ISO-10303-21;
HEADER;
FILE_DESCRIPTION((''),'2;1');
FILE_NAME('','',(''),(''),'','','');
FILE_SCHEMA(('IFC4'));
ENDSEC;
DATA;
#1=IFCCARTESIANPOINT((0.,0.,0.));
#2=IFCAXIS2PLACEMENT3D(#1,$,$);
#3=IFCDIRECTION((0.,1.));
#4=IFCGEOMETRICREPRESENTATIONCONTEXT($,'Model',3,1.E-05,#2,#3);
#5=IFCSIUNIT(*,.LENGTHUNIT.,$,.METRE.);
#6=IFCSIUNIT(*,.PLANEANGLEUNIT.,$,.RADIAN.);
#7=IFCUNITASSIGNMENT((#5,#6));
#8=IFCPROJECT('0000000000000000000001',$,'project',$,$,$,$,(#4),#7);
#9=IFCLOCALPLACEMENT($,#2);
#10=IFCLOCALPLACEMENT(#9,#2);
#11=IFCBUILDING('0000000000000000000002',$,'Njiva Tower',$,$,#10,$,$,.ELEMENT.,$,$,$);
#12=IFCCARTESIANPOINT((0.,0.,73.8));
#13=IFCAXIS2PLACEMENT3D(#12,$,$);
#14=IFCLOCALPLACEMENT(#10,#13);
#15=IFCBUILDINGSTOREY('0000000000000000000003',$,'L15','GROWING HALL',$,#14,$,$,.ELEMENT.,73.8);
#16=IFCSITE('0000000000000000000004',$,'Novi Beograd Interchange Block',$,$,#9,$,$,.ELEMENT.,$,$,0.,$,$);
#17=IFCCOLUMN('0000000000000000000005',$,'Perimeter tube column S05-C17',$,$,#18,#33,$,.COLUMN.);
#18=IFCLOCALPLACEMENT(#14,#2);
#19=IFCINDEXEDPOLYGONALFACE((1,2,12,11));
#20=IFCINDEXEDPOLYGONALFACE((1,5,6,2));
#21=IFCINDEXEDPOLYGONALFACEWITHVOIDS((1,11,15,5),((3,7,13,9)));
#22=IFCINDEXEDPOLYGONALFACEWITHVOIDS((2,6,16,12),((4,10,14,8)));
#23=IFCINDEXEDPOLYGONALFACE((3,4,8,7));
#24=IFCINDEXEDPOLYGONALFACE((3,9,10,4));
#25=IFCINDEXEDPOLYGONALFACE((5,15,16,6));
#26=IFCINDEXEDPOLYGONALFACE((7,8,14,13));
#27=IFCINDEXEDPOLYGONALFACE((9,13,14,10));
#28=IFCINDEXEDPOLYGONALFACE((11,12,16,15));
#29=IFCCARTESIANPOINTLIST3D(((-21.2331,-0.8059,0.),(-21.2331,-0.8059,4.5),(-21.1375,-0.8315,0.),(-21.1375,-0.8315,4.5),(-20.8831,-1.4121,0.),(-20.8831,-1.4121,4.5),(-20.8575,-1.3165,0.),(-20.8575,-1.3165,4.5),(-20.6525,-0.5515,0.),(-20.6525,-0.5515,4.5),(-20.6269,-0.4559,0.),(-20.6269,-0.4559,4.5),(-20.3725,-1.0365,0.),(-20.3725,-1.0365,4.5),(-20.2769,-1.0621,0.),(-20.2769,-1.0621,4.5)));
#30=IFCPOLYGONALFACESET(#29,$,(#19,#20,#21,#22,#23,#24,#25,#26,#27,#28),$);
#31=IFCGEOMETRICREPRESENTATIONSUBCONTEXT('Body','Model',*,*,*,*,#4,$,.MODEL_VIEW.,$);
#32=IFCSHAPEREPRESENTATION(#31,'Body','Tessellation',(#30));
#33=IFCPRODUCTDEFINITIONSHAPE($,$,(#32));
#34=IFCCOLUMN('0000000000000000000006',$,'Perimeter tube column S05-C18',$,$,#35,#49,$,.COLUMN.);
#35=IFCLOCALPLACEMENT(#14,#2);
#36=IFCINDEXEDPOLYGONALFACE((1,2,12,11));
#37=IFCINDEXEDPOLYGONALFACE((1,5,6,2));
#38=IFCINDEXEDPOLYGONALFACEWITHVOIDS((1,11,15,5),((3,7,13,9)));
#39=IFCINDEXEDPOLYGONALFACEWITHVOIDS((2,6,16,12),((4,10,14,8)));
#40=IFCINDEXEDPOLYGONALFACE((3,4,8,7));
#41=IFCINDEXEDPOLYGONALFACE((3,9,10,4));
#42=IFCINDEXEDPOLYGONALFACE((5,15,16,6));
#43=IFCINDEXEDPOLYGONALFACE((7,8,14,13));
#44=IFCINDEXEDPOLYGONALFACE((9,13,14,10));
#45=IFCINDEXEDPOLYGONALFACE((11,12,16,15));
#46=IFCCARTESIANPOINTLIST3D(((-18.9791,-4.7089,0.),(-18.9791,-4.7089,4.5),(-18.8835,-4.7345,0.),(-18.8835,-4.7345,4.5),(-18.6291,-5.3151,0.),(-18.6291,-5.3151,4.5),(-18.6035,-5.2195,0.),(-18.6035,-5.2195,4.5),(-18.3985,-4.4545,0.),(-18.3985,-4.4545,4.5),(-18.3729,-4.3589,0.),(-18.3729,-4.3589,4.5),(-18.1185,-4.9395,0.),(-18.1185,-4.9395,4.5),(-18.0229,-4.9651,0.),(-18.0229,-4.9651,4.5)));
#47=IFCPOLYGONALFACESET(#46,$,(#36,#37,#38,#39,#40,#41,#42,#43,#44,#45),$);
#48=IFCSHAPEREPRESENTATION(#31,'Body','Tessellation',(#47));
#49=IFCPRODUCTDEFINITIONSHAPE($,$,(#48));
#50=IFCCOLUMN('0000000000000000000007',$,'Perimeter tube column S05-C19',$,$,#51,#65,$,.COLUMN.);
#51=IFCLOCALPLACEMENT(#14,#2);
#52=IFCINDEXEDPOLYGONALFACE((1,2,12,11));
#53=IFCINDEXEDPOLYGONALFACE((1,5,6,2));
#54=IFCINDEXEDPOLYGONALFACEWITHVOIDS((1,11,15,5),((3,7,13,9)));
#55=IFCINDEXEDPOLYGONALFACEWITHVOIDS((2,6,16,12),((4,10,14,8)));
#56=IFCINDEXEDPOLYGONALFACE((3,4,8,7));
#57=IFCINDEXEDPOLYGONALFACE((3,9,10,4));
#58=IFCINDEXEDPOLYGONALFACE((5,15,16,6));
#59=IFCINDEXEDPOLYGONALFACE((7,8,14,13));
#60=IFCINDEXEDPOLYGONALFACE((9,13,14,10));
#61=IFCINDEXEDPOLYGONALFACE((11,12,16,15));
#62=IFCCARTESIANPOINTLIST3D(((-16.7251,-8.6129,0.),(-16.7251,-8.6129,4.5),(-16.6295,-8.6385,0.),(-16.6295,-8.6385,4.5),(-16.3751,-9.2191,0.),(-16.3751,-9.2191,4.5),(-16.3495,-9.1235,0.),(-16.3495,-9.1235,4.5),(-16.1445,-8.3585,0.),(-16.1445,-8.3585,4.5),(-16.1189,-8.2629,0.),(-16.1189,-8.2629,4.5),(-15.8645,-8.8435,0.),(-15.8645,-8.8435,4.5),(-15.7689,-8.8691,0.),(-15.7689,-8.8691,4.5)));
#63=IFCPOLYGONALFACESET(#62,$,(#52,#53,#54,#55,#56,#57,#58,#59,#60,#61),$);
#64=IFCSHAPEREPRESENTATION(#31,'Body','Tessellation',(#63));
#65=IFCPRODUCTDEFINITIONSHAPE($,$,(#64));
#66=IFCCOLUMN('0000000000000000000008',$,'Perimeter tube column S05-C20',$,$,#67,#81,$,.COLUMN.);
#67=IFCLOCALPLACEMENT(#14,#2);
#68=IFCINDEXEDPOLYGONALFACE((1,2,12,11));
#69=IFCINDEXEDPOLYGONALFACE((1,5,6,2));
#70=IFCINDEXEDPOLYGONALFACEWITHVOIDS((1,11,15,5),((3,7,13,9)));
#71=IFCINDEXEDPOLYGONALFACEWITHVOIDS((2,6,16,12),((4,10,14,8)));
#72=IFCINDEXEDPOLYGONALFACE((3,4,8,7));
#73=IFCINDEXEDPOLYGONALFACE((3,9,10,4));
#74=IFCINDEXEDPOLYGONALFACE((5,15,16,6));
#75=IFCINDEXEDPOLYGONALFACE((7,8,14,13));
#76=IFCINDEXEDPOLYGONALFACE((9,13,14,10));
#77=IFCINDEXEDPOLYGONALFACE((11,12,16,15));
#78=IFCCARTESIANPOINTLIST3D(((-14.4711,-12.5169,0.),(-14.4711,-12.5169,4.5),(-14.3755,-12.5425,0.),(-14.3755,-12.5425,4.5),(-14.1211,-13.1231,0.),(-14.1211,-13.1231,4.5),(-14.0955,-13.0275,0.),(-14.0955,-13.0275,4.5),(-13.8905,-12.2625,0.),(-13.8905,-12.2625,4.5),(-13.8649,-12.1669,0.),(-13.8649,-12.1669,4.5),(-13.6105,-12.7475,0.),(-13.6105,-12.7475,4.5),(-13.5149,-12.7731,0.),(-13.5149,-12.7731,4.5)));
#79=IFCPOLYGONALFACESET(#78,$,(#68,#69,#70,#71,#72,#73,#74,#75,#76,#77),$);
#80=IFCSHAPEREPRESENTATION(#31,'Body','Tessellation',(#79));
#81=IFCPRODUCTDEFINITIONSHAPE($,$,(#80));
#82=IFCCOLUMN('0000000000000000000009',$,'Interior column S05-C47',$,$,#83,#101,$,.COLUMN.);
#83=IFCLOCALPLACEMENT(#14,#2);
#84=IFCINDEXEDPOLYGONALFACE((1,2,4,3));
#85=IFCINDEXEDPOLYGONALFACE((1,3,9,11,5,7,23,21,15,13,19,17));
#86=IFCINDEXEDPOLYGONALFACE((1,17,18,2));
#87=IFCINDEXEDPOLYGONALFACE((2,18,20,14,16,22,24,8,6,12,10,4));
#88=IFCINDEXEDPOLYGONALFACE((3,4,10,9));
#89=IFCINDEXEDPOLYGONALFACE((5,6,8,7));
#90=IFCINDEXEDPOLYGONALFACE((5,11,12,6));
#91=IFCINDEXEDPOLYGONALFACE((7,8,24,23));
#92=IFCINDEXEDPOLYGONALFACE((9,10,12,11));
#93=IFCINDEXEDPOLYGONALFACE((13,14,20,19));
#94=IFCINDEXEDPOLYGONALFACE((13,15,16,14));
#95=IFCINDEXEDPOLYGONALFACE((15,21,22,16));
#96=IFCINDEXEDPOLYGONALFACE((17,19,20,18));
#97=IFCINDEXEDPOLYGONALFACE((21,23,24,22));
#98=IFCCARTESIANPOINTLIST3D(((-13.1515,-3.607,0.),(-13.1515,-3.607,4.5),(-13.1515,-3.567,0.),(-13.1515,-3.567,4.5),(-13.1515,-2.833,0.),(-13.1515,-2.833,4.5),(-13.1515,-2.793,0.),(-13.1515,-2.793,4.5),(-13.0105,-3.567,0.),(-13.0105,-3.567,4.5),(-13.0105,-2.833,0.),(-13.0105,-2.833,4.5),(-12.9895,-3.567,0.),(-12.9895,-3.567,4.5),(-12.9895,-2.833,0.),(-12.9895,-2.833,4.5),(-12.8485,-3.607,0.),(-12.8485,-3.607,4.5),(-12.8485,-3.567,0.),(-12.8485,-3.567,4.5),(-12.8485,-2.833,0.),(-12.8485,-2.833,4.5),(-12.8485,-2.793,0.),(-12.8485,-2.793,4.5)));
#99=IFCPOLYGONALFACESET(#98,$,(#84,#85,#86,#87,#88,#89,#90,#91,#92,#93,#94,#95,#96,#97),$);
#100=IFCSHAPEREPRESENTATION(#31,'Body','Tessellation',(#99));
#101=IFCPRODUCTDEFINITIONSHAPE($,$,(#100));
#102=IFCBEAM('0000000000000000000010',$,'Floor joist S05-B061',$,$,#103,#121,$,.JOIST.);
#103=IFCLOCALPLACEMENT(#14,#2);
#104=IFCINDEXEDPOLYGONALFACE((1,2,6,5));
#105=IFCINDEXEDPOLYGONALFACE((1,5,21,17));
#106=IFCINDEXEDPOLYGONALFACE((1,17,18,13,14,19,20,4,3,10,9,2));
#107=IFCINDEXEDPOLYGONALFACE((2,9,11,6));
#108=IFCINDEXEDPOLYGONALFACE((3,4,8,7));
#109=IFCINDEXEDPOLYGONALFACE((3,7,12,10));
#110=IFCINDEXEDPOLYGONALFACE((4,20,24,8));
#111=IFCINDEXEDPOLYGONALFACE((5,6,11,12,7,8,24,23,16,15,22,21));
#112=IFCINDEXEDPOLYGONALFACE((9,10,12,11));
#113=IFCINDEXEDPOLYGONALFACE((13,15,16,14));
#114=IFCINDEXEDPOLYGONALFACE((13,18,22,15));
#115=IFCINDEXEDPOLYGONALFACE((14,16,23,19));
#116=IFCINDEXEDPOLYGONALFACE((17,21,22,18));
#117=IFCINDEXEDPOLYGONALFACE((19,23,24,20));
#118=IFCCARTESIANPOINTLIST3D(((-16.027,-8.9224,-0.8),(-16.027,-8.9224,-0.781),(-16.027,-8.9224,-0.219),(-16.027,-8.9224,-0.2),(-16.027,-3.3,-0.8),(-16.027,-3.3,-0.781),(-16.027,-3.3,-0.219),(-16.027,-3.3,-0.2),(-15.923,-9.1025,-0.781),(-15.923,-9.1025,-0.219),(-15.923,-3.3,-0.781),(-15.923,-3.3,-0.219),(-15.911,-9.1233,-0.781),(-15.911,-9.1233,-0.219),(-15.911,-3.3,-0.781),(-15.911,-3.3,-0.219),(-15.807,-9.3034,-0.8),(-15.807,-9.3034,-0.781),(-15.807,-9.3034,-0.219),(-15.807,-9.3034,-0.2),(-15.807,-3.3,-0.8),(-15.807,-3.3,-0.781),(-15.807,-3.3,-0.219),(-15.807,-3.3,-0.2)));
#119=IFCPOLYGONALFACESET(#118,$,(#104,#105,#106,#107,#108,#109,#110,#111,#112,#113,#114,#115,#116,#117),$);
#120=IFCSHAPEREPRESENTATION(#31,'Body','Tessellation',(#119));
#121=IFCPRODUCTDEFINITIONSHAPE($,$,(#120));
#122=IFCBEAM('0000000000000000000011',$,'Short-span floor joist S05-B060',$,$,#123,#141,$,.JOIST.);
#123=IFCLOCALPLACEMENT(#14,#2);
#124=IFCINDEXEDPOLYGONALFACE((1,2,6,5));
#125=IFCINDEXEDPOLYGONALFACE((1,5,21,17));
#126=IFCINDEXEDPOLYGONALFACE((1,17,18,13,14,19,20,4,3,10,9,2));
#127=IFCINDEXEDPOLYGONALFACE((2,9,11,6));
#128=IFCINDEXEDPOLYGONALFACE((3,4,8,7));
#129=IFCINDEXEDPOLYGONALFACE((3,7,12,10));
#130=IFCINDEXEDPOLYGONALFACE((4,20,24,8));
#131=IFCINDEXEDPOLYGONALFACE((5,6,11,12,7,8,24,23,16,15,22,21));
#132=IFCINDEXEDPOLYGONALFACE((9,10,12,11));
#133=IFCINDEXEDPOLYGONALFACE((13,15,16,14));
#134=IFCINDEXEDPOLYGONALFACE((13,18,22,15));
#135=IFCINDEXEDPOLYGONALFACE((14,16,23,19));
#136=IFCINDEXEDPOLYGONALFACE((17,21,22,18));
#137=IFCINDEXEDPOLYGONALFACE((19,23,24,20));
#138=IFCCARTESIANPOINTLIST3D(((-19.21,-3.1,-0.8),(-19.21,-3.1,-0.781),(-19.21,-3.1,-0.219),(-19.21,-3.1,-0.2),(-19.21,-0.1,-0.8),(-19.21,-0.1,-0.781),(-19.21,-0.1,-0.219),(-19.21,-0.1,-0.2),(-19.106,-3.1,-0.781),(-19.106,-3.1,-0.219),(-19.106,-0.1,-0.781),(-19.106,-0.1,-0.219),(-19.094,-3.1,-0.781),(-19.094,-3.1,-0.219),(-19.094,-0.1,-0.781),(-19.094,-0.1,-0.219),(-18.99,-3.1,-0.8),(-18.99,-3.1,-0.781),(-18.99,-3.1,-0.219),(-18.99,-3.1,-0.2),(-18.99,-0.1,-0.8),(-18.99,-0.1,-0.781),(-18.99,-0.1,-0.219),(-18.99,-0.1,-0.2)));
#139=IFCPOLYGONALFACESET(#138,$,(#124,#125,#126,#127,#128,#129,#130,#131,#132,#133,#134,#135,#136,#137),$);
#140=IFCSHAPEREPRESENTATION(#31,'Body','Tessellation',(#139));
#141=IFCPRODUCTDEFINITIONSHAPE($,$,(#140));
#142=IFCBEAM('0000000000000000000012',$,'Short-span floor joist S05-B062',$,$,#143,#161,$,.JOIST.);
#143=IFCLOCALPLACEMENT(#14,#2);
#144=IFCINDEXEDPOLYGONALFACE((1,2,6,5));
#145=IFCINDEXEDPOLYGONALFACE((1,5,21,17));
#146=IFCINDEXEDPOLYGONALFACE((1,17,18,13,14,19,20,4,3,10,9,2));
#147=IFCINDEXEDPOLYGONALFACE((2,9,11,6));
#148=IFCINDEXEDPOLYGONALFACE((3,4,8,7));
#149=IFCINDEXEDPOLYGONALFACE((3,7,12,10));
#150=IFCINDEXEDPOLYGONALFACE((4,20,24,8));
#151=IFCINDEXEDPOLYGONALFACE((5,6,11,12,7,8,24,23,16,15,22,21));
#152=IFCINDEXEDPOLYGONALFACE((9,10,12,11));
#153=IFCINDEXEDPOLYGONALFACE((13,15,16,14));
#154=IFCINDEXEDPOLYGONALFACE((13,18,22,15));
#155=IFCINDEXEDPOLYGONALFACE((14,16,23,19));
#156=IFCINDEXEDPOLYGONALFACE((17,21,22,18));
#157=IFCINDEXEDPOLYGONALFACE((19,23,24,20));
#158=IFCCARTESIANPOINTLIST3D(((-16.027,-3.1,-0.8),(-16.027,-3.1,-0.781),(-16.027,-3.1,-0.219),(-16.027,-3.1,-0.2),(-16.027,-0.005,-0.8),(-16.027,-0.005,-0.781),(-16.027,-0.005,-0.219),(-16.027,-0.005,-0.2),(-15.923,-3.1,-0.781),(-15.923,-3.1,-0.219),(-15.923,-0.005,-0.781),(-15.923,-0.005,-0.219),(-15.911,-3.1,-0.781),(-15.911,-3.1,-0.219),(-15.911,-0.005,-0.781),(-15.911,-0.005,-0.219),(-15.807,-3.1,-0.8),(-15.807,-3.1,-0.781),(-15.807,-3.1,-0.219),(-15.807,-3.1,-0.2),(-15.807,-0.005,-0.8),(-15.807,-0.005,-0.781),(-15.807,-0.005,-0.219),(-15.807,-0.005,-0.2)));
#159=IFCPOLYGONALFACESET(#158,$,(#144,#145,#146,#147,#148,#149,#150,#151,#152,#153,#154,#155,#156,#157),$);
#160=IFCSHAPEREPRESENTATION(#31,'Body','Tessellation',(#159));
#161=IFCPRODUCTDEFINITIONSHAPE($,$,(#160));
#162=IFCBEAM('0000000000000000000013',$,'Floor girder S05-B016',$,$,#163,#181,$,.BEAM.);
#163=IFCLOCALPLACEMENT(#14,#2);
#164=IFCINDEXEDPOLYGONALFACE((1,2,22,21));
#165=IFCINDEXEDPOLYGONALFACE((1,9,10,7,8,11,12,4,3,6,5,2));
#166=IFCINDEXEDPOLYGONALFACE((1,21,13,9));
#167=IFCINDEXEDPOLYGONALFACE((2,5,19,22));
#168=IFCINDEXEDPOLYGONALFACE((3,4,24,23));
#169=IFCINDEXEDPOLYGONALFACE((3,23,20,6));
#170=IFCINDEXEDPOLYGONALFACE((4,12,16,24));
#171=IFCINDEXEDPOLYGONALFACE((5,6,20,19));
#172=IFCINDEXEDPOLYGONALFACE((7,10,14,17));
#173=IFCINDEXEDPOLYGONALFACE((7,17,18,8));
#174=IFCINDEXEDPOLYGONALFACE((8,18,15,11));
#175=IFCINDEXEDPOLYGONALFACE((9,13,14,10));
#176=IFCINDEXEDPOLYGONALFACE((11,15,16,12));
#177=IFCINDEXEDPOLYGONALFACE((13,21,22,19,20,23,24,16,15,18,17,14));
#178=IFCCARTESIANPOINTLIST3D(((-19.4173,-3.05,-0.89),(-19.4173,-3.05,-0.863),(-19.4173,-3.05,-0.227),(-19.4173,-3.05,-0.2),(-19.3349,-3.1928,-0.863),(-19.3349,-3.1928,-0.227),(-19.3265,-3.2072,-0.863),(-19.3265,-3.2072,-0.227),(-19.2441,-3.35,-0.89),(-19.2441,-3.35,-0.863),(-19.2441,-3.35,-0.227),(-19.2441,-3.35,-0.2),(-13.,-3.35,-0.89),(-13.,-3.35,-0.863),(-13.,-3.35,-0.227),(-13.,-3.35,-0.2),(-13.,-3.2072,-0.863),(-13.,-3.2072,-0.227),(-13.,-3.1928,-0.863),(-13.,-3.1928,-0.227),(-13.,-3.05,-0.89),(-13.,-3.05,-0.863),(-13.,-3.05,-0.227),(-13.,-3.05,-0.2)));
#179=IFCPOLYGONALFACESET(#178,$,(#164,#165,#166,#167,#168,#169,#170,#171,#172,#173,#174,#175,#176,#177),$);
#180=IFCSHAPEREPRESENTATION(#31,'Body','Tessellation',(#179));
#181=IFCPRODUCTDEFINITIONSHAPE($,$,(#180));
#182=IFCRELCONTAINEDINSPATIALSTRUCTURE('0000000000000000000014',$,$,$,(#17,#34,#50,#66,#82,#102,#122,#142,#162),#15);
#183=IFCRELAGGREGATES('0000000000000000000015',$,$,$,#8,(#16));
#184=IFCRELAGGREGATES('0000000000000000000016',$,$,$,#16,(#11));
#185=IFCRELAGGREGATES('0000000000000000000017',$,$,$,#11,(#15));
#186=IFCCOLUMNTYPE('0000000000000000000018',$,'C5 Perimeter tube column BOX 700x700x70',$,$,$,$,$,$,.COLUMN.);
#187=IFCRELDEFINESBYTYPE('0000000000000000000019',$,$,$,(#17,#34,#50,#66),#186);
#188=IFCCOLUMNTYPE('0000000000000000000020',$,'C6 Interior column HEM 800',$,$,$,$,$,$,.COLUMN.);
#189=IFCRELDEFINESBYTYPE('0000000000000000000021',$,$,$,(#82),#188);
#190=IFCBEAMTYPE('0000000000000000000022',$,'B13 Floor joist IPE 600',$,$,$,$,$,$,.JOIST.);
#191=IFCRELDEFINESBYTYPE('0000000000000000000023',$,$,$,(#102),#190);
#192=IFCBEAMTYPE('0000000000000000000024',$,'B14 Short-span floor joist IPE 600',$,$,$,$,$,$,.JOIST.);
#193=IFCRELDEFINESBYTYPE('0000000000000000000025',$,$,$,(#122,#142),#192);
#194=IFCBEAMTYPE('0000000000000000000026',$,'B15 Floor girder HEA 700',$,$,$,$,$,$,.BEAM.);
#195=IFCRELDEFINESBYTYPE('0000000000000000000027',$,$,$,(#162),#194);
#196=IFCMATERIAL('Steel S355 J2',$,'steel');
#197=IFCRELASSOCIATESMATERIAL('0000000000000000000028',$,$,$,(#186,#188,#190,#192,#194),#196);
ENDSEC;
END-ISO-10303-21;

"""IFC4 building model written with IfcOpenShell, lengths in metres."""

from ifc_helpers import new_model, si_unit, direction, frame, origin, origin_2d, place, context, subcontext, project, spatial, hollow_rectangle, i_section, extrude, clip, halfspace, material, material_profile, profile_set, type_object, element, save


model = new_model("IFC4")

# Units and contexts
model_context = context("Model", 3, precision=1e-05, world=origin(), true_north=direction((0.0, 1.0)))
body_context = subcontext(model_context, "Body", "Model", "MODEL_VIEW")
ifc_project = project(units=[si_unit("LENGTHUNIT", "METRE"), si_unit("PLANEANGLEUNIT", "RADIAN")], contexts=[model_context])

# Site, building, storey
site_placement = place(None, origin())
site = spatial("IfcSite", under=ifc_project, at=site_placement, Name="Novi Beograd Interchange Block", CompositionType="ELEMENT", RefElevation=0.0)
building_placement = place(site_placement, origin())
building = spatial("IfcBuilding", under=site, at=building_placement, Name="Njiva Tower", CompositionType="ELEMENT")
storey_placement = place(building_placement, frame((0.0, 0.0, 73.8)))
storey = spatial("IfcBuildingStorey", under=building, at=storey_placement, Name="L15", Description="GROWING HALL", CompositionType="ELEMENT", Elevation=73.8)

# Columns
ifc_material_1 = material(Name="Steel S355 J2", Category="steel")
ifc_material_profile_1 = material_profile(ifc_material_1, hollow_rectangle(XDim=0.7, YDim=0.7, WallThickness=0.07, at=origin_2d()), Name="BOX 700x700x70")
ifc_profile_set_1 = profile_set([ifc_material_profile_1], Name="Steel S355 J2")
column_type_1 = type_object("IfcColumnType", Name="C5 Perimeter tube column BOX 700x700x70", PredefinedType="COLUMN", material=ifc_profile_set_1)
for number, where, z_axis, x_axis, name in (
    (1, (-20.755, -0.934, 0.0), (0.0, 0.0, 1.0), (0.5, -0.866025, 0.0), "Perimeter tube column S05-C17"),
    (2, (-18.501, -4.837, 0.0), (0.0, 0.0, 1.0), (0.5, -0.866025, 0.0), "Perimeter tube column S05-C18"),
    (3, (-16.247, -8.741, 0.0), (0.0, 0.0, 1.0), (0.5, -0.866025, 0.0), "Perimeter tube column S05-C19"),
    (4, (-13.993, -12.645, 0.0), (0.0, 0.0, 1.0), (0.5, -0.866025, 0.0), "Perimeter tube column S05-C20"),
):
    element("IfcColumn", number, at=place(storey_placement, frame(where, z_axis=z_axis, x_axis=x_axis)), inside=storey, type_object=column_type_1, Name=name, PredefinedType="COLUMN", context=body_context, shape_type="SweptSolid", body=[
        extrude(hollow_rectangle(XDim=0.7, YDim=0.7, WallThickness=0.07, at=origin_2d()), origin(), (0.0, 0.0, 1.0), 4.5),
    ])
ifc_material_profile_2 = material_profile(ifc_material_1, i_section(OverallWidth=0.303, OverallDepth=0.814, WebThickness=0.021, FlangeThickness=0.04, at=origin_2d()), Name="HEM 800")
ifc_profile_set_2 = profile_set([ifc_material_profile_2], Name="Steel S355 J2")
column_type_2 = type_object("IfcColumnType", Name="C6 Interior column HEM 800", PredefinedType="COLUMN", material=ifc_profile_set_2)
column_placement = place(storey_placement, frame((-13.0, -3.2, 0.0), z_axis=(0.0, 0.0, 1.0), x_axis=(1.0, 0.0, 0.0)))
element("IfcColumn", 5, at=column_placement, inside=storey, type_object=column_type_2, Name="Interior column S05-C47", PredefinedType="COLUMN", context=body_context, shape_type="SweptSolid", body=[
    extrude(i_section(OverallWidth=0.303, OverallDepth=0.814, WebThickness=0.021, FlangeThickness=0.04, at=origin_2d()), origin(), (0.0, 0.0, 1.0), 4.5),
])

# Beams
ifc_material_profile_3 = material_profile(ifc_material_1, i_section(OverallWidth=0.22, OverallDepth=0.6, WebThickness=0.012, FlangeThickness=0.019, at=origin_2d()), Name="IPE 600")
ifc_profile_set_3 = profile_set([ifc_material_profile_3], Name="Steel S355 J2")
beam_type_1 = type_object("IfcBeamType", Name="B13 Floor joist IPE 600", PredefinedType="JOIST", material=ifc_profile_set_3)
beam_1_placement = place(storey_placement, frame((-15.917, -3.3, -0.5), z_axis=(0.0, -1.0, 0.0), x_axis=(1.0, 0.0, 0.0)))
element("IfcBeam", 6, at=beam_1_placement, inside=storey, type_object=beam_type_1, Name="Floor joist S05-B061", PredefinedType="JOIST", context=body_context, shape_type="Clipping", body=[
    clip(extrude(i_section(OverallWidth=0.22, OverallDepth=0.6, WebThickness=0.012, FlangeThickness=0.019, at=origin_2d()), origin(), (0.0, 0.0, 1.0), 6.024), halfspace(frame((-0.043, 0.0, 5.7384), z_axis=(-0.866027, 0.0, 0.499998), x_axis=(0.0, 1.0, 0.0)), False)),
])
ifc_material_profile_4 = material_profile(ifc_material_1, i_section(OverallWidth=0.22, OverallDepth=0.6, WebThickness=0.012, FlangeThickness=0.019, at=origin_2d()), Name="IPE 600")
ifc_profile_set_4 = profile_set([ifc_material_profile_4], Name="Steel S355 J2")
beam_type_2 = type_object("IfcBeamType", Name="B14 Short-span floor joist IPE 600", PredefinedType="JOIST", material=ifc_profile_set_4)
beam_2_placement = place(storey_placement, frame((-19.1, -0.1, -0.5), z_axis=(0.0, -1.0, 0.0), x_axis=(1.0, 0.0, 0.0)))
element("IfcBeam", 7, at=beam_2_placement, inside=storey, type_object=beam_type_2, Name="Short-span floor joist S05-B060", PredefinedType="JOIST", context=body_context, shape_type="SweptSolid", body=[
    extrude(i_section(OverallWidth=0.22, OverallDepth=0.6, WebThickness=0.012, FlangeThickness=0.019, at=origin_2d()), origin(), (0.0, 0.0, 1.0), 3.0),
])
beam_3_placement = place(storey_placement, frame((-15.917, -0.005, -0.5), z_axis=(0.0, -1.0, 0.0), x_axis=(1.0, 0.0, 0.0)))
element("IfcBeam", 8, at=beam_3_placement, inside=storey, type_object=beam_type_2, Name="Short-span floor joist S05-B062", PredefinedType="JOIST", context=body_context, shape_type="SweptSolid", body=[
    extrude(i_section(OverallWidth=0.22, OverallDepth=0.6, WebThickness=0.012, FlangeThickness=0.019, at=origin_2d()), origin(), (0.0, 0.0, 1.0), 3.095),
])
ifc_material_profile_5 = material_profile(ifc_material_1, i_section(OverallWidth=0.3, OverallDepth=0.69, WebThickness=0.0145, FlangeThickness=0.027, at=origin_2d()), Name="HEA 700")
ifc_profile_set_5 = profile_set([ifc_material_profile_5], Name="Steel S355 J2")
beam_type_3 = type_object("IfcBeamType", Name="B15 Floor girder HEA 700", PredefinedType="BEAM", material=ifc_profile_set_5)
beam_4_placement = place(storey_placement, frame((-19.438, -3.2, -0.545), z_axis=(1.0, 0.0, 0.0), x_axis=(0.0, 1.0, 0.0)))
element("IfcBeam", 9, at=beam_4_placement, inside=storey, type_object=beam_type_3, Name="Floor girder S05-B016", PredefinedType="BEAM", context=body_context, shape_type="Clipping", body=[
    clip(extrude(i_section(OverallWidth=0.3, OverallDepth=0.69, WebThickness=0.0145, FlangeThickness=0.027, at=origin_2d()), origin(), (0.0, 0.0, 1.0), 6.438), halfspace(frame((-0.025, 0.0, 0.1217), z_axis=(-0.499998, 0.0, -0.866027), x_axis=(0.0, -1.0, 0.0)), False)),
])

save(model, "model.ifc")
